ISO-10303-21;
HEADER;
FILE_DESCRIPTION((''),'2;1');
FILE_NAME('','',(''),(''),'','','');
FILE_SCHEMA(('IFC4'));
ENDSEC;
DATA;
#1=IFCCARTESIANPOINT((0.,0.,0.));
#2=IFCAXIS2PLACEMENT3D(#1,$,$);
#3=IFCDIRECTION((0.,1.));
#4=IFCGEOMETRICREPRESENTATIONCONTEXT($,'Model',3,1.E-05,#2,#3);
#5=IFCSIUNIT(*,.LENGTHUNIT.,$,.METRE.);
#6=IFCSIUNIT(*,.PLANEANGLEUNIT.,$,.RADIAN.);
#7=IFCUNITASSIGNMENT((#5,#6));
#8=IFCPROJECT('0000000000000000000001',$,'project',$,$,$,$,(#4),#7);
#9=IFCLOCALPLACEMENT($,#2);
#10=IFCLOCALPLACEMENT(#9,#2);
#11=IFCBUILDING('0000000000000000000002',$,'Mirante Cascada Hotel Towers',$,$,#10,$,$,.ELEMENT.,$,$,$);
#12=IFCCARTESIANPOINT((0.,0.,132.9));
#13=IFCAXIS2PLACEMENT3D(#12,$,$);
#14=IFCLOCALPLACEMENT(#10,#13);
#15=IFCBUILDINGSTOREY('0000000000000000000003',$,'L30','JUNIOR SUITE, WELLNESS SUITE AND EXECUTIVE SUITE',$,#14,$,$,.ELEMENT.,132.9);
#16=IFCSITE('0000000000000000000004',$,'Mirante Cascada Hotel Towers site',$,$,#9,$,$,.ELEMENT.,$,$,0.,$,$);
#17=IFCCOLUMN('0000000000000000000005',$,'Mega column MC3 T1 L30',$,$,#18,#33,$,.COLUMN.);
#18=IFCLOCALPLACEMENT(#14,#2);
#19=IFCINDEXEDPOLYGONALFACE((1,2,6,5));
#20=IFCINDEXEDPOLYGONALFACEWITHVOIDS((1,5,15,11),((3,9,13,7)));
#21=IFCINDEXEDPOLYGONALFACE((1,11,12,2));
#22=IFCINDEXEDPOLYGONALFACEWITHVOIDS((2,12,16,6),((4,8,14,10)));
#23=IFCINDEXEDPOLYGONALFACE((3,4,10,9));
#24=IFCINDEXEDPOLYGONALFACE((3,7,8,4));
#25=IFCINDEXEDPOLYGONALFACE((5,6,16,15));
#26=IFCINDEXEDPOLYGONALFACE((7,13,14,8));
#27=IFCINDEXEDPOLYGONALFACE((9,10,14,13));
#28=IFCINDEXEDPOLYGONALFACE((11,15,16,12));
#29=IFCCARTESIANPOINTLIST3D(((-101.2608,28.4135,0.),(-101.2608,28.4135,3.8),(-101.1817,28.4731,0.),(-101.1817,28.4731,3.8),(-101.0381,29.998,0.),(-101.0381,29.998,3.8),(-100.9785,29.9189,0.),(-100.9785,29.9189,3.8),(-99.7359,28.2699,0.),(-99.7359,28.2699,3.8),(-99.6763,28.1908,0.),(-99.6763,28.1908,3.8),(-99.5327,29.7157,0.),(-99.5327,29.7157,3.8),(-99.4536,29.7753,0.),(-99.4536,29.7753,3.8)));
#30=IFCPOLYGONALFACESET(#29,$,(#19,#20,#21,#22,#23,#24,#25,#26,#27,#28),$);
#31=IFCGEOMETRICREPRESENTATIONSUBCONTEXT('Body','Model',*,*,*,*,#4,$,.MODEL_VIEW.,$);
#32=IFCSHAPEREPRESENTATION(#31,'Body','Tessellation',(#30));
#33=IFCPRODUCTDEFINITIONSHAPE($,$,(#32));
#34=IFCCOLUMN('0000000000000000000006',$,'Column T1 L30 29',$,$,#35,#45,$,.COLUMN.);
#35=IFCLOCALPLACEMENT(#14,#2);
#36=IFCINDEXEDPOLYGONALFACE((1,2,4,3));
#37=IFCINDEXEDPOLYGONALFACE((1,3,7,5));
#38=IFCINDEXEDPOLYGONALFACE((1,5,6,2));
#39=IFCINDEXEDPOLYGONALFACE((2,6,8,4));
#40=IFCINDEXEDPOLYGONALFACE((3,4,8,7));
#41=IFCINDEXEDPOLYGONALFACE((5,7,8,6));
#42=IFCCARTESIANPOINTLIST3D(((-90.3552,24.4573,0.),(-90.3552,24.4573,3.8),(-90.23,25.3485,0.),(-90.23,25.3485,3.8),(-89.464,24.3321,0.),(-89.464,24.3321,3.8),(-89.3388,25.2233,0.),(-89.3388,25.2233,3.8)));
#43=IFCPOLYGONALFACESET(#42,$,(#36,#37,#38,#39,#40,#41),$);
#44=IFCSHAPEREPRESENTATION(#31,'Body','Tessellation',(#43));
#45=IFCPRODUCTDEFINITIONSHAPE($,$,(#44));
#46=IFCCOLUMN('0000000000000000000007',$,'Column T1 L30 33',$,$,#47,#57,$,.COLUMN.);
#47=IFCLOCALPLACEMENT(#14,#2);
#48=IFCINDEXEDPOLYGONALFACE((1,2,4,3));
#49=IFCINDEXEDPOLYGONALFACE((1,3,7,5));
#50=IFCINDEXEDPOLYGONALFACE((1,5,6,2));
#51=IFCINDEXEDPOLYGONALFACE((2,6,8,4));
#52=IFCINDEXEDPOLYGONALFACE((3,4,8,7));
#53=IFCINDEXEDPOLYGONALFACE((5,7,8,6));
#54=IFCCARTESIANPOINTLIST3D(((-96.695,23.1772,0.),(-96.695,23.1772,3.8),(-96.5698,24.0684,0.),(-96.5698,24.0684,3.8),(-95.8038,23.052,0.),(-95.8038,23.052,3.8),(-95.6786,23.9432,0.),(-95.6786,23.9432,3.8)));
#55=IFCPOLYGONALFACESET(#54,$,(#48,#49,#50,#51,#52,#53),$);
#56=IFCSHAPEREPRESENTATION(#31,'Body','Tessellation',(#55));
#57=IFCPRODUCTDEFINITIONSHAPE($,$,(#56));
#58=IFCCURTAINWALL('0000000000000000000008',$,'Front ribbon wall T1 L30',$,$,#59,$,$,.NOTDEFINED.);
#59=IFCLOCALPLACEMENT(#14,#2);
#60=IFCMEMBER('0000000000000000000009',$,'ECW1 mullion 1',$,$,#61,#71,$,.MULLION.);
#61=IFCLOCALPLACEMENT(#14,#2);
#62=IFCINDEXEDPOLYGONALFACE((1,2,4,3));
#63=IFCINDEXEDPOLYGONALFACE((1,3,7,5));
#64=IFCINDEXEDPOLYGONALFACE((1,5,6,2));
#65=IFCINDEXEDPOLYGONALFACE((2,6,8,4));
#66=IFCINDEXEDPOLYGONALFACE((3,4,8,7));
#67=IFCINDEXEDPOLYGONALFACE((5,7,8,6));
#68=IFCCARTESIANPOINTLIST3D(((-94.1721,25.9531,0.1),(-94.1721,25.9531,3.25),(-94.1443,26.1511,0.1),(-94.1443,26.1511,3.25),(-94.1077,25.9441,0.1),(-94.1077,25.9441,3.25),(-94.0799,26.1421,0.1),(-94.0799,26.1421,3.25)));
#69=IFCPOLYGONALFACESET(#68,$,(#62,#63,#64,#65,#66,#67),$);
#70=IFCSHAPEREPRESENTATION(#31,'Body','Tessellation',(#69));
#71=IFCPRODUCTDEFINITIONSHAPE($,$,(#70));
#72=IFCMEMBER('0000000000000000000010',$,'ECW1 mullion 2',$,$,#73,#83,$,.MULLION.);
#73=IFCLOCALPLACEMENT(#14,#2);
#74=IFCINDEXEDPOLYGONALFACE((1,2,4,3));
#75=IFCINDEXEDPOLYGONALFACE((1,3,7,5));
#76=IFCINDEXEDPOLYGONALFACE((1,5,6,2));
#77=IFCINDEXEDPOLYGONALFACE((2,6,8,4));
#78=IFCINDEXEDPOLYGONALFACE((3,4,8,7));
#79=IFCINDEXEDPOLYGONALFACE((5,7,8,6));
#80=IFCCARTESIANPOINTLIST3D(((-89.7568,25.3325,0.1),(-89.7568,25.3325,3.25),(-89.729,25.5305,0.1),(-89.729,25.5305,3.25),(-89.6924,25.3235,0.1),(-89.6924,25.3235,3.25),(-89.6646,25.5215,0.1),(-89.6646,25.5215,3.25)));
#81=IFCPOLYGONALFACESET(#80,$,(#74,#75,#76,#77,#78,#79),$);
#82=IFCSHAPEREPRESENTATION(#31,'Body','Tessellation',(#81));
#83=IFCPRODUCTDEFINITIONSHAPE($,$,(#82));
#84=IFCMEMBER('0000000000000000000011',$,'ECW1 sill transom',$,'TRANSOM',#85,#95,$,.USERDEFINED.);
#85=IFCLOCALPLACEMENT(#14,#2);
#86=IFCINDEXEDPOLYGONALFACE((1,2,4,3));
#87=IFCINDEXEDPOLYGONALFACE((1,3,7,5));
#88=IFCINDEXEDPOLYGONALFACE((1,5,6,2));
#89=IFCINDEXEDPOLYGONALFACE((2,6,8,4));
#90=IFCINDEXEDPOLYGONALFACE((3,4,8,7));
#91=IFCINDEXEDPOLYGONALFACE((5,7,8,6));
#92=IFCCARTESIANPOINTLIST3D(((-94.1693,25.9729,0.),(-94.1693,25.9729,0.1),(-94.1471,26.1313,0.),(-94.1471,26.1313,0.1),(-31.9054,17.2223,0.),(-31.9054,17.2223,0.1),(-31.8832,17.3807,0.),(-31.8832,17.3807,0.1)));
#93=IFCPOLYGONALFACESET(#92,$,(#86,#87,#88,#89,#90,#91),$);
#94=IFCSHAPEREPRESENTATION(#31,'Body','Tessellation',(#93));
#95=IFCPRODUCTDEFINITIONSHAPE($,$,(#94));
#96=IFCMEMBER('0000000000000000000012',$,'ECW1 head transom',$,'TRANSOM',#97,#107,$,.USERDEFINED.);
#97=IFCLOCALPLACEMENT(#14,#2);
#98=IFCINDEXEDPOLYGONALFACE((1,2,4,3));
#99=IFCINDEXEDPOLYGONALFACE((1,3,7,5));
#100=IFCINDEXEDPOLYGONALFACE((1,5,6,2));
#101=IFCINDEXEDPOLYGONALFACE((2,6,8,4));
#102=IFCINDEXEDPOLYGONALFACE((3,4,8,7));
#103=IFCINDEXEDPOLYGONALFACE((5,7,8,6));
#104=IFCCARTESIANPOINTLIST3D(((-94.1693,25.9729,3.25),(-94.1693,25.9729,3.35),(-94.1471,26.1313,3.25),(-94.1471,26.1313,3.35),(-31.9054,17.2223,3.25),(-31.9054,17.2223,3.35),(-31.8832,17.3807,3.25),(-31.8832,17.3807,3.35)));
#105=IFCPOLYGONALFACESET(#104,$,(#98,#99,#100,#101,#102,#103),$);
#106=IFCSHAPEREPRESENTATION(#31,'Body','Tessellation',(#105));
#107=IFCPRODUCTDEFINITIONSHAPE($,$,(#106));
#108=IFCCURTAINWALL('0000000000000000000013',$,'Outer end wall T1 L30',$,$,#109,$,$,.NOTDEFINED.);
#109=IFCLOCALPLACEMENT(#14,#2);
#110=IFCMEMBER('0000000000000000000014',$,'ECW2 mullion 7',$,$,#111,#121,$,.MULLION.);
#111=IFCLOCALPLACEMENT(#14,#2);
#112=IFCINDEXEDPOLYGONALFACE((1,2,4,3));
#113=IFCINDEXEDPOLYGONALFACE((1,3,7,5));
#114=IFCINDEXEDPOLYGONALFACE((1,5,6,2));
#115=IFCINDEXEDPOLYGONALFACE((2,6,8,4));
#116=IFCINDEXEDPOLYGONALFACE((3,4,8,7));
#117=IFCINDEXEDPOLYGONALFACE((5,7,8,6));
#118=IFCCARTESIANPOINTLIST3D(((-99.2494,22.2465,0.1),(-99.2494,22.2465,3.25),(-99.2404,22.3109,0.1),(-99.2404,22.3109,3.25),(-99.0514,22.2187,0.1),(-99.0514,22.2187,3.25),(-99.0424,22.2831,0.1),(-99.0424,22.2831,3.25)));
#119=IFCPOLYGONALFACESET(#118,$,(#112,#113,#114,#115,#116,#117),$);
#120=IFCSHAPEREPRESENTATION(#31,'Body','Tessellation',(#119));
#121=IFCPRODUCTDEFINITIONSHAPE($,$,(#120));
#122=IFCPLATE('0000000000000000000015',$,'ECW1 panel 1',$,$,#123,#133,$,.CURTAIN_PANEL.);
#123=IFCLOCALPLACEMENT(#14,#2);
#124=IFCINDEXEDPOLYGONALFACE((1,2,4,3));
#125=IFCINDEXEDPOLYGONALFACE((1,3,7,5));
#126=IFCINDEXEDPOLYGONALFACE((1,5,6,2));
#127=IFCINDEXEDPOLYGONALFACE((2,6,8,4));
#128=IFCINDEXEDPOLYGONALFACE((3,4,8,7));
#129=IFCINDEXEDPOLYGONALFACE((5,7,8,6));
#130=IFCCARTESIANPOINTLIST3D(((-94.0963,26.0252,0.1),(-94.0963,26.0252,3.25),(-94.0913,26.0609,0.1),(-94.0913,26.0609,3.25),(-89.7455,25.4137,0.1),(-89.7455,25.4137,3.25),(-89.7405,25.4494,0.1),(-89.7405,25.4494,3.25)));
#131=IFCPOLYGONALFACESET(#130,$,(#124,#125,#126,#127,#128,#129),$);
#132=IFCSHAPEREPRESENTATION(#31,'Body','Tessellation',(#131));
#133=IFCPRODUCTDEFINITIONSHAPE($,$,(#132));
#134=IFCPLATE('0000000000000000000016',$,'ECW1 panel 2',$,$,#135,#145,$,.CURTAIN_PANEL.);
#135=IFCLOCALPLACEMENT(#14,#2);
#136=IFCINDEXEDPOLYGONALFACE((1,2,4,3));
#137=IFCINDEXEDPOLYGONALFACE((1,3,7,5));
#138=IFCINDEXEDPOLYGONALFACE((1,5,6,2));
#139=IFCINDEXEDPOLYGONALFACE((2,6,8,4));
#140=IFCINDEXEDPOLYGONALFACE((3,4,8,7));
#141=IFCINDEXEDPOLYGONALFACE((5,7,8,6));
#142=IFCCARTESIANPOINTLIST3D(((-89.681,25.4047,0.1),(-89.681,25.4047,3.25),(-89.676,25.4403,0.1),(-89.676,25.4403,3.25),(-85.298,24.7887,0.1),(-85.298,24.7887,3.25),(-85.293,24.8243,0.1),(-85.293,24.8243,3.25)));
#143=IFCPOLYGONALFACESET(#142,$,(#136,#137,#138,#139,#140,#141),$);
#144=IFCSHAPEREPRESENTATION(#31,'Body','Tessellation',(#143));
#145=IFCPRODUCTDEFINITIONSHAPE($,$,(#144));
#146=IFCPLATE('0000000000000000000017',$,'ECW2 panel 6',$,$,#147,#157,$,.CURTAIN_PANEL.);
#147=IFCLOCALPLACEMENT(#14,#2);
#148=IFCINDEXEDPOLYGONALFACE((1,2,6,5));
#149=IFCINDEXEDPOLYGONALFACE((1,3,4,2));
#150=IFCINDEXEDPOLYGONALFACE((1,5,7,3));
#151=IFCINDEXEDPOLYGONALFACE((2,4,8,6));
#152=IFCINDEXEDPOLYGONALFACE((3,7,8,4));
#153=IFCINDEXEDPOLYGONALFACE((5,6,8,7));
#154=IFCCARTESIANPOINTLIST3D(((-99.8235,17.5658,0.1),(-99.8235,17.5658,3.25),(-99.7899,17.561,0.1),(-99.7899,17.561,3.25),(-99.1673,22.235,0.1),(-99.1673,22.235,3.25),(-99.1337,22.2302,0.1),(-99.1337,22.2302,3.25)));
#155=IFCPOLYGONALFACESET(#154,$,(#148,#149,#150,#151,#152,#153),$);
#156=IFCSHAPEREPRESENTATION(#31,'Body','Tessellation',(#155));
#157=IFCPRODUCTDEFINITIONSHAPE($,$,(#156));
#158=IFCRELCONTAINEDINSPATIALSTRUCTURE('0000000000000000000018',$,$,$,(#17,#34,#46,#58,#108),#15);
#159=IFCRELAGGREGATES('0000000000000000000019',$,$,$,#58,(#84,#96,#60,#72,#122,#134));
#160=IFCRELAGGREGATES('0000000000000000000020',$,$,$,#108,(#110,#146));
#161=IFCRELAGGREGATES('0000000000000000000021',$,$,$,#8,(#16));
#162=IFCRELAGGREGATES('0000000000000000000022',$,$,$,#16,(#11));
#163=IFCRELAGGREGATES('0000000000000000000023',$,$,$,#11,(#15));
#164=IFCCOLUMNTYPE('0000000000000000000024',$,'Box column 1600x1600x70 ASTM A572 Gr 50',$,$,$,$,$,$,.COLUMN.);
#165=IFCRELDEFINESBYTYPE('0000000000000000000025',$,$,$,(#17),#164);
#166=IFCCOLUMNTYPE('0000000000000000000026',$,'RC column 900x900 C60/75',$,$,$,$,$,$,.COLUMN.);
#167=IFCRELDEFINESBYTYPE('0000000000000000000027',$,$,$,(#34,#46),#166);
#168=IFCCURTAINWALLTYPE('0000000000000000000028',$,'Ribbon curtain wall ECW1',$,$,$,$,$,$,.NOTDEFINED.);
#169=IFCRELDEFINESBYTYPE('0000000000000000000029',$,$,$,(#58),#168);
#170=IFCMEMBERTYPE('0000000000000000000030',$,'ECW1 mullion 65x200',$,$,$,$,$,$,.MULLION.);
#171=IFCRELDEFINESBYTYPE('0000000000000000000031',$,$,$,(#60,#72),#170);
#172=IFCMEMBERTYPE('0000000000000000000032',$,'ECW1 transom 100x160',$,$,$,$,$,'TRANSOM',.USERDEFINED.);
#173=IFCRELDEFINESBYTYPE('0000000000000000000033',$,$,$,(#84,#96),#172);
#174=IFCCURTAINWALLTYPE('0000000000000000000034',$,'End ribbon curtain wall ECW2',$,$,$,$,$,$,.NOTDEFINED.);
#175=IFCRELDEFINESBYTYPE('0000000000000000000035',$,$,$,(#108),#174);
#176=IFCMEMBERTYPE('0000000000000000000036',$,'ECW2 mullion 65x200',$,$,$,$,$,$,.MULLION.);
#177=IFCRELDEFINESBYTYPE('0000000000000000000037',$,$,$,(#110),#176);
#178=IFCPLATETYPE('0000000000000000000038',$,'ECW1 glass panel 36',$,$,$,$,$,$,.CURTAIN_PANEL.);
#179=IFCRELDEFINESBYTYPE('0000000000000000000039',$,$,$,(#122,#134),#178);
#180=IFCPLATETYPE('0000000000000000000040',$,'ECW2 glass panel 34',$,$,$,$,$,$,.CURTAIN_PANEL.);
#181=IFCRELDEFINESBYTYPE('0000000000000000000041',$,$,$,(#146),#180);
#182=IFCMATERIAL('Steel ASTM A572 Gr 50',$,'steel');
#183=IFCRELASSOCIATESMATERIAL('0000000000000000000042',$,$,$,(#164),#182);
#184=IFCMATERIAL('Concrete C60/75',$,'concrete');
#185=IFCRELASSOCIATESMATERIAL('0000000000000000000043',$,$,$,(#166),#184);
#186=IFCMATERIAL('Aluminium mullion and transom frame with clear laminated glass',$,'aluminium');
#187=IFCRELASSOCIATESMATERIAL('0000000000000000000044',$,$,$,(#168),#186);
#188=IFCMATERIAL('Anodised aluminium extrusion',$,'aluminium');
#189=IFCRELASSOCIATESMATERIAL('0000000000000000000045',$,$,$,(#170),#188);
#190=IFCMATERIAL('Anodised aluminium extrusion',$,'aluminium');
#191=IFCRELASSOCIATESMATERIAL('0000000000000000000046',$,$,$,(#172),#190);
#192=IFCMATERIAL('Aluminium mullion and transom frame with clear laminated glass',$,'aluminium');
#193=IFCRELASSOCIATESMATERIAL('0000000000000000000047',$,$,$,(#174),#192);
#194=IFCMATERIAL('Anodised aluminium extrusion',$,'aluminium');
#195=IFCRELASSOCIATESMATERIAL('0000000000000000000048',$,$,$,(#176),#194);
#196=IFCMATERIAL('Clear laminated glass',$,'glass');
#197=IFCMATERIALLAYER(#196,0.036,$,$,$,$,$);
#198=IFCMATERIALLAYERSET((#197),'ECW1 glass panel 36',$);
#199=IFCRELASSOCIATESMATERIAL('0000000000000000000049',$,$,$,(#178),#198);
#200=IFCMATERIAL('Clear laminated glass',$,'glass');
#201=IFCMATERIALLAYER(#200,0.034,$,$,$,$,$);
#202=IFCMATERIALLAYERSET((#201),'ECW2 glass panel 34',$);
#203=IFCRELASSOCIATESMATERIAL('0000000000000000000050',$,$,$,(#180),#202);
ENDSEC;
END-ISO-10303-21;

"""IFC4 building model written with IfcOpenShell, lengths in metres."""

from ifc_helpers import new_model, si_unit, direction, frame, origin, origin_2d, place, context, subcontext, project, spatial, rectangle, hollow_rectangle, extrude, material, layer, layer_set, material_profile, profile_set, type_object, element, aggregate, save


model = new_model("IFC4")

# Units and contexts
model_context = context("Model", 3, precision=1e-05, world=origin(), true_north=direction((0.0, 1.0)))
body_context = subcontext(model_context, "Body", "Model", "MODEL_VIEW")
ifc_project = project(units=[si_unit("LENGTHUNIT", "METRE"), si_unit("PLANEANGLEUNIT", "RADIAN")], contexts=[model_context])

# Site, building, storey
site_placement = place(None, origin())
site = spatial("IfcSite", under=ifc_project, at=site_placement, Name="Mirante Cascada Hotel Towers site", CompositionType="ELEMENT", RefElevation=0.0)
building_placement = place(site_placement, origin())
building = spatial("IfcBuilding", under=site, at=building_placement, Name="Mirante Cascada Hotel Towers", CompositionType="ELEMENT")
storey_placement = place(building_placement, frame((0.0, 0.0, 132.9)))
storey = spatial("IfcBuildingStorey", under=building, at=storey_placement, Name="L30", Description="JUNIOR SUITE, WELLNESS SUITE AND EXECUTIVE SUITE", CompositionType="ELEMENT", Elevation=132.9)

# Columns
ifc_material_1 = material(Name="Steel ASTM A572 Gr 50", Category="steel")
ifc_material_profile_1 = material_profile(ifc_material_1, hollow_rectangle(XDim=1.6, YDim=1.6, WallThickness=0.07, at=origin_2d()), Name="Box column 1600x1600x70 ASTM A572 Gr 50")
ifc_profile_set_1 = profile_set([ifc_material_profile_1], Name="Steel ASTM A572 Gr 50")
column_type_1 = type_object("IfcColumnType", Name="Box column 1600x1600x70 ASTM A572 Gr 50", PredefinedType="COLUMN", material=ifc_profile_set_1)
column_placement = place(storey_placement, frame((-100.3572, 29.0944, 0.0), z_axis=(0.0, 0.0, 1.0), x_axis=(-0.990268, 0.139173, 0.0)))
element("IfcColumn", 1, at=column_placement, inside=storey, type_object=column_type_1, Name="Mega column MC3 T1 L30", PredefinedType="COLUMN", context=body_context, shape_type="SweptSolid", body=[
    extrude(hollow_rectangle(XDim=1.6, YDim=1.6, WallThickness=0.07, at=origin_2d()), origin(), (0.0, 0.0, 1.0), 3.8),
])
ifc_material_2 = material(Name="Concrete C60/75", Category="concrete")
ifc_material_profile_2 = material_profile(ifc_material_2, rectangle(XDim=0.9, YDim=0.9, at=origin_2d()), Name="RC column 900x900 C60/75")
ifc_profile_set_2 = profile_set([ifc_material_profile_2], Name="Concrete C60/75")
column_type_2 = type_object("IfcColumnType", Name="RC column 900x900 C60/75", PredefinedType="COLUMN", material=ifc_profile_set_2)
for number, where, z_axis, x_axis, name in (
    (2, (-89.847, 24.8403, 0.0), (0.0, 0.0, 1.0), (-0.990268, 0.139173, 0.0), "Column T1 L30 29"),
    (3, (-96.1868, 23.5602, 0.0), (0.0, 0.0, 1.0), (-0.990268, 0.139173, 0.0), "Column T1 L30 33"),
):
    element("IfcColumn", number, at=place(storey_placement, frame(where, z_axis=z_axis, x_axis=x_axis)), inside=storey, type_object=column_type_2, Name=name, PredefinedType="COLUMN", context=body_context, shape_type="SweptSolid", body=[
        extrude(rectangle(XDim=0.9, YDim=0.9, at=origin_2d()), origin(), (0.0, 0.0, 1.0), 3.8),
    ])

# Curtain wall, members
ifc_material_3 = material(Name="Aluminium mullion and transom frame with clear laminated glass", Category="aluminium")
curtain_wall_type_1 = type_object("IfcCurtainWallType", Name="Ribbon curtain wall ECW1", PredefinedType="NOTDEFINED", material=ifc_material_3)
curtain_wall_1_placement = place(storey_placement, origin())
curtain_wall_1 = element("IfcCurtainWall", 4, at=curtain_wall_1_placement, inside=storey, type_object=curtain_wall_type_1, Name="Front ribbon wall T1 L30", PredefinedType="NOTDEFINED")
ifc_material_4 = material(Name="Anodised aluminium extrusion", Category="aluminium")
ifc_material_profile_3 = material_profile(ifc_material_4, rectangle(XDim=0.2, YDim=0.065, at=origin_2d()), Name="ECW1 MULLION 65x200")
ifc_profile_set_3 = profile_set([ifc_material_profile_3], Name="Anodised aluminium extrusion")
member_type_1 = type_object("IfcMemberType", Name="ECW1 mullion 65x200", PredefinedType="MULLION", material=ifc_profile_set_3)
member_1_placement = place(storey_placement, frame((-94.126, 26.0476, 0.1), z_axis=(0.0, 0.0, 1.0), x_axis=(0.139173, 0.990268, 0.0)))
member_1 = element("IfcMember", 5, at=member_1_placement, type_object=member_type_1, Name="ECW1 mullion 1", PredefinedType="MULLION", context=body_context, shape_type="SweptSolid", body=[
    extrude(rectangle(XDim=0.2, YDim=0.065, at=origin_2d()), origin(), (0.0, 0.0, 1.0), 3.15),
])
member_2_placement = place(storey_placement, frame((-89.7107, 25.427, 0.1), z_axis=(0.0, 0.0, 1.0), x_axis=(0.139173, 0.990268, 0.0)))
member_2 = element("IfcMember", 6, at=member_2_placement, type_object=member_type_1, Name="ECW1 mullion 2", PredefinedType="MULLION", context=body_context, shape_type="SweptSolid", body=[
    extrude(rectangle(XDim=0.2, YDim=0.065, at=origin_2d()), origin(), (0.0, 0.0, 1.0), 3.15),
])
ifc_material_5 = material(Name="Anodised aluminium extrusion", Category="aluminium")
ifc_material_profile_4 = material_profile(ifc_material_5, rectangle(XDim=0.16, YDim=0.1, at=origin_2d()), Name="ECW1 TRANSOM 100x160")
ifc_profile_set_4 = profile_set([ifc_material_profile_4], Name="Anodised aluminium extrusion")
member_type_2 = type_object("IfcMemberType", Name="ECW1 transom 100x160", ElementType="TRANSOM", PredefinedType="USERDEFINED", material=ifc_profile_set_4)
member_3_placement = place(storey_placement, frame((-94.1582, 26.0521, 0.05), z_axis=(0.990268, -0.139173, 0.0), x_axis=(0.139173, 0.990268, 0.0)))
member_3 = element("IfcMember", 7, at=member_3_placement, type_object=member_type_2, Name="ECW1 sill transom", ObjectType="TRANSOM", PredefinedType="USERDEFINED", context=body_context, shape_type="SweptSolid", body=[
    extrude(rectangle(XDim=0.16, YDim=0.1, at=origin_2d()), origin(), (0.0, 0.0, 1.0), 62.8758),
])
member_4_placement = place(storey_placement, frame((-94.1582, 26.0521, 3.3), z_axis=(0.990268, -0.139173, 0.0), x_axis=(0.139173, 0.990268, 0.0)))
member_4 = element("IfcMember", 8, at=member_4_placement, type_object=member_type_2, Name="ECW1 head transom", ObjectType="TRANSOM", PredefinedType="USERDEFINED", context=body_context, shape_type="SweptSolid", body=[
    extrude(rectangle(XDim=0.16, YDim=0.1, at=origin_2d()), origin(), (0.0, 0.0, 1.0), 62.8758),
])

# Curtain wall, member
ifc_material_6 = material(Name="Aluminium mullion and transom frame with clear laminated glass", Category="aluminium")
curtain_wall_type_2 = type_object("IfcCurtainWallType", Name="End ribbon curtain wall ECW2", PredefinedType="NOTDEFINED", material=ifc_material_6)
curtain_wall_2_placement = place(storey_placement, origin())
curtain_wall_2 = element("IfcCurtainWall", 9, at=curtain_wall_2_placement, inside=storey, type_object=curtain_wall_type_2, Name="Outer end wall T1 L30", PredefinedType="NOTDEFINED")
ifc_material_7 = material(Name="Anodised aluminium extrusion", Category="aluminium")
ifc_material_profile_5 = material_profile(ifc_material_7, rectangle(XDim=0.2, YDim=0.065, at=origin_2d()), Name="ECW2 MULLION 65x200")
ifc_profile_set_5 = profile_set([ifc_material_profile_5], Name="Anodised aluminium extrusion")
member_type_3 = type_object("IfcMemberType", Name="ECW2 mullion 65x200", PredefinedType="MULLION", material=ifc_profile_set_5)
member_5_placement = place(storey_placement, frame((-99.1459, 22.2648, 0.1), z_axis=(0.0, 0.0, 1.0), x_axis=(-0.990268, 0.139173, 0.0)))
member_5 = element("IfcMember", 10, at=member_5_placement, type_object=member_type_3, Name="ECW2 mullion 7", PredefinedType="MULLION", context=body_context, shape_type="SweptSolid", body=[
    extrude(rectangle(XDim=0.2, YDim=0.065, at=origin_2d()), origin(), (0.0, 0.0, 1.0), 3.15),
])

# Plates
ifc_material_8 = material(Name="Clear laminated glass", Category="glass")
ifc_layer_1 = layer(ifc_material_8, 0.036)
ifc_layer_set_1 = layer_set([ifc_layer_1], Name="ECW1 glass panel 36")
plate_type_1 = type_object("IfcPlateType", Name="ECW1 glass panel 36", PredefinedType="CURTAIN_PANEL", material=ifc_layer_set_1)
plate_1_placement = place(storey_placement, frame((-91.9184, 25.7373, 0.1), z_axis=(0.0, 0.0, 1.0), x_axis=(0.990268, -0.139173, 0.0)))
plate_1 = element("IfcPlate", 11, at=plate_1_placement, type_object=plate_type_1, Name="ECW1 panel 1", PredefinedType="CURTAIN_PANEL", context=body_context, shape_type="SweptSolid", body=[
    extrude(rectangle(XDim=4.3936, YDim=0.036, at=origin_2d()), origin(), (0.0, 0.0, 1.0), 3.15),
])
plate_2_placement = place(storey_placement, frame((-87.487, 25.1145, 0.1), z_axis=(0.0, 0.0, 1.0), x_axis=(0.990268, -0.139173, 0.0)))
plate_2 = element("IfcPlate", 12, at=plate_2_placement, type_object=plate_type_1, Name="ECW1 panel 2", PredefinedType="CURTAIN_PANEL", context=body_context, shape_type="SweptSolid", body=[
    extrude(rectangle(XDim=4.4261, YDim=0.036, at=origin_2d()), origin(), (0.0, 0.0, 1.0), 3.15),
])
aggregate(curtain_wall_1, [member_3, member_4, member_1, member_2, plate_1, plate_2])
ifc_material_9 = material(Name="Clear laminated glass", Category="glass")
ifc_layer_2 = layer(ifc_material_9, 0.034)
ifc_layer_set_2 = layer_set([ifc_layer_2], Name="ECW2 glass panel 34")
plate_type_2 = type_object("IfcPlateType", Name="ECW2 glass panel 34", PredefinedType="CURTAIN_PANEL", material=ifc_layer_set_2)
plate_3_placement = place(storey_placement, frame((-99.4786, 19.898, 0.1), z_axis=(0.0, 0.0, 1.0), x_axis=(0.139173, 0.990268, 0.0)))
plate_3 = element("IfcPlate", 13, at=plate_3_placement, type_object=plate_type_2, Name="ECW2 panel 6", PredefinedType="CURTAIN_PANEL", context=body_context, shape_type="SweptSolid", body=[
    extrude(rectangle(XDim=4.7151, YDim=0.034, at=origin_2d()), origin(), (0.0, 0.0, 1.0), 3.15),
])
aggregate(curtain_wall_2, [member_5, plate_3])

save(model, "model.ifc")
